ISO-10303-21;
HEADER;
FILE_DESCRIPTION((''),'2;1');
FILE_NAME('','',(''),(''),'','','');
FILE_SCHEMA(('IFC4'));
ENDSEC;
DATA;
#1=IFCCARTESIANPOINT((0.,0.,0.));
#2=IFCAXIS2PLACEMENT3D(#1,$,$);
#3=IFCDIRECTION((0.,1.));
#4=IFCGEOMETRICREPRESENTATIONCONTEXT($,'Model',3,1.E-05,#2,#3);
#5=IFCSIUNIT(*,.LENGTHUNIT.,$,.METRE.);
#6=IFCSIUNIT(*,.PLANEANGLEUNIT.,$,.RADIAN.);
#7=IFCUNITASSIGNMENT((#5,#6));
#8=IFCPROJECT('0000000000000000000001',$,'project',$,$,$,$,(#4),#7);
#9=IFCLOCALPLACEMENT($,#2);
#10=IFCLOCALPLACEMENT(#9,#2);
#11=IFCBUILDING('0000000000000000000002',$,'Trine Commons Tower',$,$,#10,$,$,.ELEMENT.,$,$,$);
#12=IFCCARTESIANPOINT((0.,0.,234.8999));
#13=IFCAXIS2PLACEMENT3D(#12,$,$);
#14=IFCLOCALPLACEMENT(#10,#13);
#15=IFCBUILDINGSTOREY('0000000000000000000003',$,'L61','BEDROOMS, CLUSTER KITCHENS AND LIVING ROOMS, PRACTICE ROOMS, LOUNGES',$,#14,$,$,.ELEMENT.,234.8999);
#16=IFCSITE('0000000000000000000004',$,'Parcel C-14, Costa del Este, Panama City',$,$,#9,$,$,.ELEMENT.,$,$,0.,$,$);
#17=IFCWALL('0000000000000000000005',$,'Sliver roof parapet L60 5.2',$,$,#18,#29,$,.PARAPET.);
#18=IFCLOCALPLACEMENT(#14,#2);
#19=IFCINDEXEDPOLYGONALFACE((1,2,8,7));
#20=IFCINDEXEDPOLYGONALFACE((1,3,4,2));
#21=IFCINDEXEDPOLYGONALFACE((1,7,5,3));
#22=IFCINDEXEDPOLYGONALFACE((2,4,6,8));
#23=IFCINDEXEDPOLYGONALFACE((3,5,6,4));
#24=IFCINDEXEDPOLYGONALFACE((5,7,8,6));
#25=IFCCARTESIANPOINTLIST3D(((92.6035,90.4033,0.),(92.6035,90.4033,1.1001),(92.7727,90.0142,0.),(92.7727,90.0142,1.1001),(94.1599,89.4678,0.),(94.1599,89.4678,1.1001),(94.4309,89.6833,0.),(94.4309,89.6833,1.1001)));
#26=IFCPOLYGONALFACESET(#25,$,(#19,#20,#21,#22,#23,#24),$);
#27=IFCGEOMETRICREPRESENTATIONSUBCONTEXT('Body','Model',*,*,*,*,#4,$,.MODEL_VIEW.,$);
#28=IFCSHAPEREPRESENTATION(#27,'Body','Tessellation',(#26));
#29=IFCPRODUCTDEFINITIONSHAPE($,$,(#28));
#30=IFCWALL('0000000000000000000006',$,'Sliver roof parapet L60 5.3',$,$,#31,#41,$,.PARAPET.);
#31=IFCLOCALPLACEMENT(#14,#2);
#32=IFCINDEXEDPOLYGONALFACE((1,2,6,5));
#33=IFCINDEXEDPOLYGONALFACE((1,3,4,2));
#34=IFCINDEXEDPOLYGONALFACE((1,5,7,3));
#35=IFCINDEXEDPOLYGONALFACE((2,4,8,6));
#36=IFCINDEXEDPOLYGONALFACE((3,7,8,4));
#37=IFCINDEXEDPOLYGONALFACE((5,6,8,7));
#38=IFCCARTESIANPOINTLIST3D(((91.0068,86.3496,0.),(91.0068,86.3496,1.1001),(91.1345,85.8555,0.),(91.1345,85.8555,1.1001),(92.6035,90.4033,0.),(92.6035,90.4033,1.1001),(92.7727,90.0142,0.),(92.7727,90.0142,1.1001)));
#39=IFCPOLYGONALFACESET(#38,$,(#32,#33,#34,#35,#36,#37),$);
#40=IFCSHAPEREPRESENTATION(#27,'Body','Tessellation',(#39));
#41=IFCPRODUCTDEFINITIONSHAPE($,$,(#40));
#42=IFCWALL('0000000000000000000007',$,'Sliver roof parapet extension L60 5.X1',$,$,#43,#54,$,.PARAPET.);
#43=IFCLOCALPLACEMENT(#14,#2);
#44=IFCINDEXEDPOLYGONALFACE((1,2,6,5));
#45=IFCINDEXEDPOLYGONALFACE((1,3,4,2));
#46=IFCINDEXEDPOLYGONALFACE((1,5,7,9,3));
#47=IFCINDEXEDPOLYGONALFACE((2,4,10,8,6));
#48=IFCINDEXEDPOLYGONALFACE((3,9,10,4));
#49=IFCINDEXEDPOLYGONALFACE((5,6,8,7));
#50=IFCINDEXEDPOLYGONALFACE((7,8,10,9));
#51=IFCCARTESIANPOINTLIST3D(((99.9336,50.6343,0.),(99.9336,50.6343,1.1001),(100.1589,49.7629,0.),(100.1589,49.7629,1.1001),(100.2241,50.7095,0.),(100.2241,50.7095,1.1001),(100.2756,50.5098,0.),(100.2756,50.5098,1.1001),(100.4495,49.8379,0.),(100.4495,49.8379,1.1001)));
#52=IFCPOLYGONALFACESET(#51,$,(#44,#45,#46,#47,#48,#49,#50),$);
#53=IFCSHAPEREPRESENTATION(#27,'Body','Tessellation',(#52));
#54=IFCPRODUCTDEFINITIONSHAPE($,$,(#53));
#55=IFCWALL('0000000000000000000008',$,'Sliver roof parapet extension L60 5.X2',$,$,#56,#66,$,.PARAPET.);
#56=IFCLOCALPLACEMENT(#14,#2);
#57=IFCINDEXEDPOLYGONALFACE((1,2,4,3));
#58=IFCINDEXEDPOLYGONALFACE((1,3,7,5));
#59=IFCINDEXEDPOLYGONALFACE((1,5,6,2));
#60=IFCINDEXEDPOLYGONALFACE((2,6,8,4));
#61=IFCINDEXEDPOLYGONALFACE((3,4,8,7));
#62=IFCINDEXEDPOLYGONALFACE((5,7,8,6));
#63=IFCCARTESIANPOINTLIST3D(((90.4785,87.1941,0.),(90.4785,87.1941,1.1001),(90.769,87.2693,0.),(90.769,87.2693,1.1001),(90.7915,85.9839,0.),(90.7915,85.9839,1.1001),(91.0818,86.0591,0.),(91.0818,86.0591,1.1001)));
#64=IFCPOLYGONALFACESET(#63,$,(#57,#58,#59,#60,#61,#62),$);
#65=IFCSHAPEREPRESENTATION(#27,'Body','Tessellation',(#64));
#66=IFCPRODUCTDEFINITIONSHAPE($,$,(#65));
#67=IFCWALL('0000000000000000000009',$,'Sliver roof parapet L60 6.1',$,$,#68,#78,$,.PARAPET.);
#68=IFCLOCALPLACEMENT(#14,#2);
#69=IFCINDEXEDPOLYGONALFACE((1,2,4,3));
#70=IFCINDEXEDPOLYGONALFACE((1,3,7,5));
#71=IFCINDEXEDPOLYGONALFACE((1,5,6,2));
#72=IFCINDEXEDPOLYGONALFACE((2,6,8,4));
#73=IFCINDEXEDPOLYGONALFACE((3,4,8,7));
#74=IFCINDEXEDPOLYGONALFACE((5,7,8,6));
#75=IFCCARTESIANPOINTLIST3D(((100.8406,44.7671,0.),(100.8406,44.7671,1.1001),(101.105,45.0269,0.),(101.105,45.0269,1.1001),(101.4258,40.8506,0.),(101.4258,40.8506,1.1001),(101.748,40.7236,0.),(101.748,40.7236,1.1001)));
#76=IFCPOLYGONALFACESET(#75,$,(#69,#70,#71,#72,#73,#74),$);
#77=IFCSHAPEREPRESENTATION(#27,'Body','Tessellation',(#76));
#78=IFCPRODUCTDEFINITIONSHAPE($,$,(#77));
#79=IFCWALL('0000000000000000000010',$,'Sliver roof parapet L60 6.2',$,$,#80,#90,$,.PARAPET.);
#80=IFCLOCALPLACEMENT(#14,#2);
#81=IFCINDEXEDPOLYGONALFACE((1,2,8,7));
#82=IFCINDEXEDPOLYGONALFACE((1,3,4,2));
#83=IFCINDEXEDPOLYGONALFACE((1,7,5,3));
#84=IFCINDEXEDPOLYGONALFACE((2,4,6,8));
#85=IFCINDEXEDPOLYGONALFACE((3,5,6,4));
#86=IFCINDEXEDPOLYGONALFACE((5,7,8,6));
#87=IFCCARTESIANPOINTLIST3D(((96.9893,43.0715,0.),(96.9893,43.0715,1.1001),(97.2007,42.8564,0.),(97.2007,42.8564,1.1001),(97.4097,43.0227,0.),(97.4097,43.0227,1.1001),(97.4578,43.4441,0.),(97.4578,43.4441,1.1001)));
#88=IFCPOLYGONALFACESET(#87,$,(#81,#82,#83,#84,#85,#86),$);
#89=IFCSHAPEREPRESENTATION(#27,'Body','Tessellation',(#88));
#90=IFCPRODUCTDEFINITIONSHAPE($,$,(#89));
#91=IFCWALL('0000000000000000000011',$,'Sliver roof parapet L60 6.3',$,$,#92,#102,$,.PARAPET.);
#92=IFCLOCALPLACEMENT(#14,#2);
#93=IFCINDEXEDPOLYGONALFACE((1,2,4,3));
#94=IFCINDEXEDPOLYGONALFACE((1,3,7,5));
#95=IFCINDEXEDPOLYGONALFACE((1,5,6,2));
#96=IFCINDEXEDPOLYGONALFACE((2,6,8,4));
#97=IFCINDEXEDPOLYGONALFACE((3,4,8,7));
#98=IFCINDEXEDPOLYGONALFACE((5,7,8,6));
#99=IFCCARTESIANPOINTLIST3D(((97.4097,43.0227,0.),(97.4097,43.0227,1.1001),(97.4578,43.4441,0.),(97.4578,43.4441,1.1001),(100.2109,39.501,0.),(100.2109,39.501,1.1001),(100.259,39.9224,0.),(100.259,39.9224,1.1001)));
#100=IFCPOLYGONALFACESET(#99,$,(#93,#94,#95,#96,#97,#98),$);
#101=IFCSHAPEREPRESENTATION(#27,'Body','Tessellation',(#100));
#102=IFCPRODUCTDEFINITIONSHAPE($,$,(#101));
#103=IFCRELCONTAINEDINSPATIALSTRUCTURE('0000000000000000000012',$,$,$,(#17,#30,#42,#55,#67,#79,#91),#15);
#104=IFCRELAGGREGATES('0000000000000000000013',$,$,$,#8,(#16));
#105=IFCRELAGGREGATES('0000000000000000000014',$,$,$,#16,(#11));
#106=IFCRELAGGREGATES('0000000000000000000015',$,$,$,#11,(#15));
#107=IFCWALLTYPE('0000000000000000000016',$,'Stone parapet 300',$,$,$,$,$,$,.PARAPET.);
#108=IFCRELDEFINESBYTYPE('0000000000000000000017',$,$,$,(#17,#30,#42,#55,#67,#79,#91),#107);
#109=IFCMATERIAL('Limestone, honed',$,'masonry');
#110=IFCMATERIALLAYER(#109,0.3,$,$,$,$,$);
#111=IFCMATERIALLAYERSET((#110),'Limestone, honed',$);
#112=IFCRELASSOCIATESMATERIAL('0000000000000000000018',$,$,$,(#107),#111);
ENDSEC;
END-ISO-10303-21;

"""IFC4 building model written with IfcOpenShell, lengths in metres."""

from ifc_helpers import new_model, si_unit, direction, frame, origin, place, context, subcontext, project, spatial, polyline, outline, extrude, material, layer, layer_set, type_object, element, save


model = new_model("IFC4")

# Units and contexts
model_context = context("Model", 3, precision=1e-05, world=origin(), true_north=direction((0.0, 1.0)))
body_context = subcontext(model_context, "Body", "Model", "MODEL_VIEW")
ifc_project = project(units=[si_unit("LENGTHUNIT", "METRE"), si_unit("PLANEANGLEUNIT", "RADIAN")], contexts=[model_context])

# Site, building, storey
site_placement = place(None, origin())
site = spatial("IfcSite", under=ifc_project, at=site_placement, Name="Parcel C-14, Costa del Este, Panama City", CompositionType="ELEMENT", RefElevation=0.0)
building_placement = place(site_placement, origin())
building = spatial("IfcBuilding", under=site, at=building_placement, Name="Trine Commons Tower", CompositionType="ELEMENT")
storey_placement = place(building_placement, frame((0.0, 0.0, 234.8999)))
storey = spatial("IfcBuildingStorey", under=building, at=storey_placement, Name="L61", Description="BEDROOMS, CLUSTER KITCHENS AND LIVING ROOMS, PRACTICE ROOMS, LOUNGES", CompositionType="ELEMENT", Elevation=234.8999)

# Walls
ifc_material = material(Name="Limestone, honed", Category="masonry")
ifc_layer = layer(ifc_material, 0.3)
ifc_layer_set = layer_set([ifc_layer], Name="Limestone, honed")
wall_type = type_object("IfcWallType", Name="Stone parapet 300", PredefinedType="PARAPET", material=ifc_layer_set)
wall_1_placement = place(storey_placement, origin())
element("IfcWall", 1, at=wall_1_placement, inside=storey, type_object=wall_type, Name="Sliver roof parapet L60 5.2", PredefinedType="PARAPET", context=body_context, shape_type="SweptSolid", body=[
    extrude(outline(polyline([(94.4309, 89.6833), (92.6035, 90.4033), (92.7727, 90.0142), (94.1599, 89.4678), (94.4309, 89.6833)])), origin(), (0.0, 0.0, 1.0), 1.1001),
])
wall_2_placement = place(storey_placement, origin())
element("IfcWall", 2, at=wall_2_placement, inside=storey, type_object=wall_type, Name="Sliver roof parapet L60 5.3", PredefinedType="PARAPET", context=body_context, shape_type="SweptSolid", body=[
    extrude(outline(polyline([(92.6035, 90.4033), (91.0068, 86.3496), (91.1345, 85.8555), (92.7727, 90.0142), (92.6035, 90.4033)])), origin(), (0.0, 0.0, 1.0), 1.1001),
])
wall_3_placement = place(storey_placement, origin())
element("IfcWall", 3, at=wall_3_placement, inside=storey, type_object=wall_type, Name="Sliver roof parapet extension L60 5.X1", PredefinedType="PARAPET", context=body_context, shape_type="SweptSolid", body=[
    extrude(outline(polyline([(100.2241, 50.7095), (99.9336, 50.6343), (100.1589, 49.7629), (100.4495, 49.8379), (100.2756, 50.5098), (100.2241, 50.7095)])), origin(), (0.0, 0.0, 1.0), 1.1001),
])
wall_4_placement = place(storey_placement, origin())
element("IfcWall", 4, at=wall_4_placement, inside=storey, type_object=wall_type, Name="Sliver roof parapet extension L60 5.X2", PredefinedType="PARAPET", context=body_context, shape_type="SweptSolid", body=[
    extrude(outline(polyline([(90.7915, 85.9839), (91.0818, 86.0591), (90.769, 87.2693), (90.4785, 87.1941), (90.7915, 85.9839)])), origin(), (0.0, 0.0, 1.0), 1.1001),
])
wall_5_placement = place(storey_placement, origin())
element("IfcWall", 5, at=wall_5_placement, inside=storey, type_object=wall_type, Name="Sliver roof parapet L60 6.1", PredefinedType="PARAPET", context=body_context, shape_type="SweptSolid", body=[
    extrude(outline(polyline([(101.748, 40.7236), (101.105, 45.0269), (100.8406, 44.7671), (101.4258, 40.8506), (101.748, 40.7236)])), origin(), (0.0, 0.0, 1.0), 1.1001),
])
wall_6_placement = place(storey_placement, origin())
element("IfcWall", 6, at=wall_6_placement, inside=storey, type_object=wall_type, Name="Sliver roof parapet L60 6.2", PredefinedType="PARAPET", context=body_context, shape_type="SweptSolid", body=[
    extrude(outline(polyline([(97.2007, 42.8564), (97.4097, 43.0227), (97.4578, 43.4441), (96.9893, 43.0715), (97.2007, 42.8564)])), origin(), (0.0, 0.0, 1.0), 1.1001),
])
wall_7_placement = place(storey_placement, origin())
element("IfcWall", 7, at=wall_7_placement, inside=storey, type_object=wall_type, Name="Sliver roof parapet L60 6.3", PredefinedType="PARAPET", context=body_context, shape_type="SweptSolid", body=[
    extrude(outline(polyline([(97.4097, 43.0227), (100.2109, 39.501), (100.259, 39.9224), (97.4578, 43.4441), (97.4097, 43.0227)])), origin(), (0.0, 0.0, 1.0), 1.1001),
])

save(model, "model.ifc")
